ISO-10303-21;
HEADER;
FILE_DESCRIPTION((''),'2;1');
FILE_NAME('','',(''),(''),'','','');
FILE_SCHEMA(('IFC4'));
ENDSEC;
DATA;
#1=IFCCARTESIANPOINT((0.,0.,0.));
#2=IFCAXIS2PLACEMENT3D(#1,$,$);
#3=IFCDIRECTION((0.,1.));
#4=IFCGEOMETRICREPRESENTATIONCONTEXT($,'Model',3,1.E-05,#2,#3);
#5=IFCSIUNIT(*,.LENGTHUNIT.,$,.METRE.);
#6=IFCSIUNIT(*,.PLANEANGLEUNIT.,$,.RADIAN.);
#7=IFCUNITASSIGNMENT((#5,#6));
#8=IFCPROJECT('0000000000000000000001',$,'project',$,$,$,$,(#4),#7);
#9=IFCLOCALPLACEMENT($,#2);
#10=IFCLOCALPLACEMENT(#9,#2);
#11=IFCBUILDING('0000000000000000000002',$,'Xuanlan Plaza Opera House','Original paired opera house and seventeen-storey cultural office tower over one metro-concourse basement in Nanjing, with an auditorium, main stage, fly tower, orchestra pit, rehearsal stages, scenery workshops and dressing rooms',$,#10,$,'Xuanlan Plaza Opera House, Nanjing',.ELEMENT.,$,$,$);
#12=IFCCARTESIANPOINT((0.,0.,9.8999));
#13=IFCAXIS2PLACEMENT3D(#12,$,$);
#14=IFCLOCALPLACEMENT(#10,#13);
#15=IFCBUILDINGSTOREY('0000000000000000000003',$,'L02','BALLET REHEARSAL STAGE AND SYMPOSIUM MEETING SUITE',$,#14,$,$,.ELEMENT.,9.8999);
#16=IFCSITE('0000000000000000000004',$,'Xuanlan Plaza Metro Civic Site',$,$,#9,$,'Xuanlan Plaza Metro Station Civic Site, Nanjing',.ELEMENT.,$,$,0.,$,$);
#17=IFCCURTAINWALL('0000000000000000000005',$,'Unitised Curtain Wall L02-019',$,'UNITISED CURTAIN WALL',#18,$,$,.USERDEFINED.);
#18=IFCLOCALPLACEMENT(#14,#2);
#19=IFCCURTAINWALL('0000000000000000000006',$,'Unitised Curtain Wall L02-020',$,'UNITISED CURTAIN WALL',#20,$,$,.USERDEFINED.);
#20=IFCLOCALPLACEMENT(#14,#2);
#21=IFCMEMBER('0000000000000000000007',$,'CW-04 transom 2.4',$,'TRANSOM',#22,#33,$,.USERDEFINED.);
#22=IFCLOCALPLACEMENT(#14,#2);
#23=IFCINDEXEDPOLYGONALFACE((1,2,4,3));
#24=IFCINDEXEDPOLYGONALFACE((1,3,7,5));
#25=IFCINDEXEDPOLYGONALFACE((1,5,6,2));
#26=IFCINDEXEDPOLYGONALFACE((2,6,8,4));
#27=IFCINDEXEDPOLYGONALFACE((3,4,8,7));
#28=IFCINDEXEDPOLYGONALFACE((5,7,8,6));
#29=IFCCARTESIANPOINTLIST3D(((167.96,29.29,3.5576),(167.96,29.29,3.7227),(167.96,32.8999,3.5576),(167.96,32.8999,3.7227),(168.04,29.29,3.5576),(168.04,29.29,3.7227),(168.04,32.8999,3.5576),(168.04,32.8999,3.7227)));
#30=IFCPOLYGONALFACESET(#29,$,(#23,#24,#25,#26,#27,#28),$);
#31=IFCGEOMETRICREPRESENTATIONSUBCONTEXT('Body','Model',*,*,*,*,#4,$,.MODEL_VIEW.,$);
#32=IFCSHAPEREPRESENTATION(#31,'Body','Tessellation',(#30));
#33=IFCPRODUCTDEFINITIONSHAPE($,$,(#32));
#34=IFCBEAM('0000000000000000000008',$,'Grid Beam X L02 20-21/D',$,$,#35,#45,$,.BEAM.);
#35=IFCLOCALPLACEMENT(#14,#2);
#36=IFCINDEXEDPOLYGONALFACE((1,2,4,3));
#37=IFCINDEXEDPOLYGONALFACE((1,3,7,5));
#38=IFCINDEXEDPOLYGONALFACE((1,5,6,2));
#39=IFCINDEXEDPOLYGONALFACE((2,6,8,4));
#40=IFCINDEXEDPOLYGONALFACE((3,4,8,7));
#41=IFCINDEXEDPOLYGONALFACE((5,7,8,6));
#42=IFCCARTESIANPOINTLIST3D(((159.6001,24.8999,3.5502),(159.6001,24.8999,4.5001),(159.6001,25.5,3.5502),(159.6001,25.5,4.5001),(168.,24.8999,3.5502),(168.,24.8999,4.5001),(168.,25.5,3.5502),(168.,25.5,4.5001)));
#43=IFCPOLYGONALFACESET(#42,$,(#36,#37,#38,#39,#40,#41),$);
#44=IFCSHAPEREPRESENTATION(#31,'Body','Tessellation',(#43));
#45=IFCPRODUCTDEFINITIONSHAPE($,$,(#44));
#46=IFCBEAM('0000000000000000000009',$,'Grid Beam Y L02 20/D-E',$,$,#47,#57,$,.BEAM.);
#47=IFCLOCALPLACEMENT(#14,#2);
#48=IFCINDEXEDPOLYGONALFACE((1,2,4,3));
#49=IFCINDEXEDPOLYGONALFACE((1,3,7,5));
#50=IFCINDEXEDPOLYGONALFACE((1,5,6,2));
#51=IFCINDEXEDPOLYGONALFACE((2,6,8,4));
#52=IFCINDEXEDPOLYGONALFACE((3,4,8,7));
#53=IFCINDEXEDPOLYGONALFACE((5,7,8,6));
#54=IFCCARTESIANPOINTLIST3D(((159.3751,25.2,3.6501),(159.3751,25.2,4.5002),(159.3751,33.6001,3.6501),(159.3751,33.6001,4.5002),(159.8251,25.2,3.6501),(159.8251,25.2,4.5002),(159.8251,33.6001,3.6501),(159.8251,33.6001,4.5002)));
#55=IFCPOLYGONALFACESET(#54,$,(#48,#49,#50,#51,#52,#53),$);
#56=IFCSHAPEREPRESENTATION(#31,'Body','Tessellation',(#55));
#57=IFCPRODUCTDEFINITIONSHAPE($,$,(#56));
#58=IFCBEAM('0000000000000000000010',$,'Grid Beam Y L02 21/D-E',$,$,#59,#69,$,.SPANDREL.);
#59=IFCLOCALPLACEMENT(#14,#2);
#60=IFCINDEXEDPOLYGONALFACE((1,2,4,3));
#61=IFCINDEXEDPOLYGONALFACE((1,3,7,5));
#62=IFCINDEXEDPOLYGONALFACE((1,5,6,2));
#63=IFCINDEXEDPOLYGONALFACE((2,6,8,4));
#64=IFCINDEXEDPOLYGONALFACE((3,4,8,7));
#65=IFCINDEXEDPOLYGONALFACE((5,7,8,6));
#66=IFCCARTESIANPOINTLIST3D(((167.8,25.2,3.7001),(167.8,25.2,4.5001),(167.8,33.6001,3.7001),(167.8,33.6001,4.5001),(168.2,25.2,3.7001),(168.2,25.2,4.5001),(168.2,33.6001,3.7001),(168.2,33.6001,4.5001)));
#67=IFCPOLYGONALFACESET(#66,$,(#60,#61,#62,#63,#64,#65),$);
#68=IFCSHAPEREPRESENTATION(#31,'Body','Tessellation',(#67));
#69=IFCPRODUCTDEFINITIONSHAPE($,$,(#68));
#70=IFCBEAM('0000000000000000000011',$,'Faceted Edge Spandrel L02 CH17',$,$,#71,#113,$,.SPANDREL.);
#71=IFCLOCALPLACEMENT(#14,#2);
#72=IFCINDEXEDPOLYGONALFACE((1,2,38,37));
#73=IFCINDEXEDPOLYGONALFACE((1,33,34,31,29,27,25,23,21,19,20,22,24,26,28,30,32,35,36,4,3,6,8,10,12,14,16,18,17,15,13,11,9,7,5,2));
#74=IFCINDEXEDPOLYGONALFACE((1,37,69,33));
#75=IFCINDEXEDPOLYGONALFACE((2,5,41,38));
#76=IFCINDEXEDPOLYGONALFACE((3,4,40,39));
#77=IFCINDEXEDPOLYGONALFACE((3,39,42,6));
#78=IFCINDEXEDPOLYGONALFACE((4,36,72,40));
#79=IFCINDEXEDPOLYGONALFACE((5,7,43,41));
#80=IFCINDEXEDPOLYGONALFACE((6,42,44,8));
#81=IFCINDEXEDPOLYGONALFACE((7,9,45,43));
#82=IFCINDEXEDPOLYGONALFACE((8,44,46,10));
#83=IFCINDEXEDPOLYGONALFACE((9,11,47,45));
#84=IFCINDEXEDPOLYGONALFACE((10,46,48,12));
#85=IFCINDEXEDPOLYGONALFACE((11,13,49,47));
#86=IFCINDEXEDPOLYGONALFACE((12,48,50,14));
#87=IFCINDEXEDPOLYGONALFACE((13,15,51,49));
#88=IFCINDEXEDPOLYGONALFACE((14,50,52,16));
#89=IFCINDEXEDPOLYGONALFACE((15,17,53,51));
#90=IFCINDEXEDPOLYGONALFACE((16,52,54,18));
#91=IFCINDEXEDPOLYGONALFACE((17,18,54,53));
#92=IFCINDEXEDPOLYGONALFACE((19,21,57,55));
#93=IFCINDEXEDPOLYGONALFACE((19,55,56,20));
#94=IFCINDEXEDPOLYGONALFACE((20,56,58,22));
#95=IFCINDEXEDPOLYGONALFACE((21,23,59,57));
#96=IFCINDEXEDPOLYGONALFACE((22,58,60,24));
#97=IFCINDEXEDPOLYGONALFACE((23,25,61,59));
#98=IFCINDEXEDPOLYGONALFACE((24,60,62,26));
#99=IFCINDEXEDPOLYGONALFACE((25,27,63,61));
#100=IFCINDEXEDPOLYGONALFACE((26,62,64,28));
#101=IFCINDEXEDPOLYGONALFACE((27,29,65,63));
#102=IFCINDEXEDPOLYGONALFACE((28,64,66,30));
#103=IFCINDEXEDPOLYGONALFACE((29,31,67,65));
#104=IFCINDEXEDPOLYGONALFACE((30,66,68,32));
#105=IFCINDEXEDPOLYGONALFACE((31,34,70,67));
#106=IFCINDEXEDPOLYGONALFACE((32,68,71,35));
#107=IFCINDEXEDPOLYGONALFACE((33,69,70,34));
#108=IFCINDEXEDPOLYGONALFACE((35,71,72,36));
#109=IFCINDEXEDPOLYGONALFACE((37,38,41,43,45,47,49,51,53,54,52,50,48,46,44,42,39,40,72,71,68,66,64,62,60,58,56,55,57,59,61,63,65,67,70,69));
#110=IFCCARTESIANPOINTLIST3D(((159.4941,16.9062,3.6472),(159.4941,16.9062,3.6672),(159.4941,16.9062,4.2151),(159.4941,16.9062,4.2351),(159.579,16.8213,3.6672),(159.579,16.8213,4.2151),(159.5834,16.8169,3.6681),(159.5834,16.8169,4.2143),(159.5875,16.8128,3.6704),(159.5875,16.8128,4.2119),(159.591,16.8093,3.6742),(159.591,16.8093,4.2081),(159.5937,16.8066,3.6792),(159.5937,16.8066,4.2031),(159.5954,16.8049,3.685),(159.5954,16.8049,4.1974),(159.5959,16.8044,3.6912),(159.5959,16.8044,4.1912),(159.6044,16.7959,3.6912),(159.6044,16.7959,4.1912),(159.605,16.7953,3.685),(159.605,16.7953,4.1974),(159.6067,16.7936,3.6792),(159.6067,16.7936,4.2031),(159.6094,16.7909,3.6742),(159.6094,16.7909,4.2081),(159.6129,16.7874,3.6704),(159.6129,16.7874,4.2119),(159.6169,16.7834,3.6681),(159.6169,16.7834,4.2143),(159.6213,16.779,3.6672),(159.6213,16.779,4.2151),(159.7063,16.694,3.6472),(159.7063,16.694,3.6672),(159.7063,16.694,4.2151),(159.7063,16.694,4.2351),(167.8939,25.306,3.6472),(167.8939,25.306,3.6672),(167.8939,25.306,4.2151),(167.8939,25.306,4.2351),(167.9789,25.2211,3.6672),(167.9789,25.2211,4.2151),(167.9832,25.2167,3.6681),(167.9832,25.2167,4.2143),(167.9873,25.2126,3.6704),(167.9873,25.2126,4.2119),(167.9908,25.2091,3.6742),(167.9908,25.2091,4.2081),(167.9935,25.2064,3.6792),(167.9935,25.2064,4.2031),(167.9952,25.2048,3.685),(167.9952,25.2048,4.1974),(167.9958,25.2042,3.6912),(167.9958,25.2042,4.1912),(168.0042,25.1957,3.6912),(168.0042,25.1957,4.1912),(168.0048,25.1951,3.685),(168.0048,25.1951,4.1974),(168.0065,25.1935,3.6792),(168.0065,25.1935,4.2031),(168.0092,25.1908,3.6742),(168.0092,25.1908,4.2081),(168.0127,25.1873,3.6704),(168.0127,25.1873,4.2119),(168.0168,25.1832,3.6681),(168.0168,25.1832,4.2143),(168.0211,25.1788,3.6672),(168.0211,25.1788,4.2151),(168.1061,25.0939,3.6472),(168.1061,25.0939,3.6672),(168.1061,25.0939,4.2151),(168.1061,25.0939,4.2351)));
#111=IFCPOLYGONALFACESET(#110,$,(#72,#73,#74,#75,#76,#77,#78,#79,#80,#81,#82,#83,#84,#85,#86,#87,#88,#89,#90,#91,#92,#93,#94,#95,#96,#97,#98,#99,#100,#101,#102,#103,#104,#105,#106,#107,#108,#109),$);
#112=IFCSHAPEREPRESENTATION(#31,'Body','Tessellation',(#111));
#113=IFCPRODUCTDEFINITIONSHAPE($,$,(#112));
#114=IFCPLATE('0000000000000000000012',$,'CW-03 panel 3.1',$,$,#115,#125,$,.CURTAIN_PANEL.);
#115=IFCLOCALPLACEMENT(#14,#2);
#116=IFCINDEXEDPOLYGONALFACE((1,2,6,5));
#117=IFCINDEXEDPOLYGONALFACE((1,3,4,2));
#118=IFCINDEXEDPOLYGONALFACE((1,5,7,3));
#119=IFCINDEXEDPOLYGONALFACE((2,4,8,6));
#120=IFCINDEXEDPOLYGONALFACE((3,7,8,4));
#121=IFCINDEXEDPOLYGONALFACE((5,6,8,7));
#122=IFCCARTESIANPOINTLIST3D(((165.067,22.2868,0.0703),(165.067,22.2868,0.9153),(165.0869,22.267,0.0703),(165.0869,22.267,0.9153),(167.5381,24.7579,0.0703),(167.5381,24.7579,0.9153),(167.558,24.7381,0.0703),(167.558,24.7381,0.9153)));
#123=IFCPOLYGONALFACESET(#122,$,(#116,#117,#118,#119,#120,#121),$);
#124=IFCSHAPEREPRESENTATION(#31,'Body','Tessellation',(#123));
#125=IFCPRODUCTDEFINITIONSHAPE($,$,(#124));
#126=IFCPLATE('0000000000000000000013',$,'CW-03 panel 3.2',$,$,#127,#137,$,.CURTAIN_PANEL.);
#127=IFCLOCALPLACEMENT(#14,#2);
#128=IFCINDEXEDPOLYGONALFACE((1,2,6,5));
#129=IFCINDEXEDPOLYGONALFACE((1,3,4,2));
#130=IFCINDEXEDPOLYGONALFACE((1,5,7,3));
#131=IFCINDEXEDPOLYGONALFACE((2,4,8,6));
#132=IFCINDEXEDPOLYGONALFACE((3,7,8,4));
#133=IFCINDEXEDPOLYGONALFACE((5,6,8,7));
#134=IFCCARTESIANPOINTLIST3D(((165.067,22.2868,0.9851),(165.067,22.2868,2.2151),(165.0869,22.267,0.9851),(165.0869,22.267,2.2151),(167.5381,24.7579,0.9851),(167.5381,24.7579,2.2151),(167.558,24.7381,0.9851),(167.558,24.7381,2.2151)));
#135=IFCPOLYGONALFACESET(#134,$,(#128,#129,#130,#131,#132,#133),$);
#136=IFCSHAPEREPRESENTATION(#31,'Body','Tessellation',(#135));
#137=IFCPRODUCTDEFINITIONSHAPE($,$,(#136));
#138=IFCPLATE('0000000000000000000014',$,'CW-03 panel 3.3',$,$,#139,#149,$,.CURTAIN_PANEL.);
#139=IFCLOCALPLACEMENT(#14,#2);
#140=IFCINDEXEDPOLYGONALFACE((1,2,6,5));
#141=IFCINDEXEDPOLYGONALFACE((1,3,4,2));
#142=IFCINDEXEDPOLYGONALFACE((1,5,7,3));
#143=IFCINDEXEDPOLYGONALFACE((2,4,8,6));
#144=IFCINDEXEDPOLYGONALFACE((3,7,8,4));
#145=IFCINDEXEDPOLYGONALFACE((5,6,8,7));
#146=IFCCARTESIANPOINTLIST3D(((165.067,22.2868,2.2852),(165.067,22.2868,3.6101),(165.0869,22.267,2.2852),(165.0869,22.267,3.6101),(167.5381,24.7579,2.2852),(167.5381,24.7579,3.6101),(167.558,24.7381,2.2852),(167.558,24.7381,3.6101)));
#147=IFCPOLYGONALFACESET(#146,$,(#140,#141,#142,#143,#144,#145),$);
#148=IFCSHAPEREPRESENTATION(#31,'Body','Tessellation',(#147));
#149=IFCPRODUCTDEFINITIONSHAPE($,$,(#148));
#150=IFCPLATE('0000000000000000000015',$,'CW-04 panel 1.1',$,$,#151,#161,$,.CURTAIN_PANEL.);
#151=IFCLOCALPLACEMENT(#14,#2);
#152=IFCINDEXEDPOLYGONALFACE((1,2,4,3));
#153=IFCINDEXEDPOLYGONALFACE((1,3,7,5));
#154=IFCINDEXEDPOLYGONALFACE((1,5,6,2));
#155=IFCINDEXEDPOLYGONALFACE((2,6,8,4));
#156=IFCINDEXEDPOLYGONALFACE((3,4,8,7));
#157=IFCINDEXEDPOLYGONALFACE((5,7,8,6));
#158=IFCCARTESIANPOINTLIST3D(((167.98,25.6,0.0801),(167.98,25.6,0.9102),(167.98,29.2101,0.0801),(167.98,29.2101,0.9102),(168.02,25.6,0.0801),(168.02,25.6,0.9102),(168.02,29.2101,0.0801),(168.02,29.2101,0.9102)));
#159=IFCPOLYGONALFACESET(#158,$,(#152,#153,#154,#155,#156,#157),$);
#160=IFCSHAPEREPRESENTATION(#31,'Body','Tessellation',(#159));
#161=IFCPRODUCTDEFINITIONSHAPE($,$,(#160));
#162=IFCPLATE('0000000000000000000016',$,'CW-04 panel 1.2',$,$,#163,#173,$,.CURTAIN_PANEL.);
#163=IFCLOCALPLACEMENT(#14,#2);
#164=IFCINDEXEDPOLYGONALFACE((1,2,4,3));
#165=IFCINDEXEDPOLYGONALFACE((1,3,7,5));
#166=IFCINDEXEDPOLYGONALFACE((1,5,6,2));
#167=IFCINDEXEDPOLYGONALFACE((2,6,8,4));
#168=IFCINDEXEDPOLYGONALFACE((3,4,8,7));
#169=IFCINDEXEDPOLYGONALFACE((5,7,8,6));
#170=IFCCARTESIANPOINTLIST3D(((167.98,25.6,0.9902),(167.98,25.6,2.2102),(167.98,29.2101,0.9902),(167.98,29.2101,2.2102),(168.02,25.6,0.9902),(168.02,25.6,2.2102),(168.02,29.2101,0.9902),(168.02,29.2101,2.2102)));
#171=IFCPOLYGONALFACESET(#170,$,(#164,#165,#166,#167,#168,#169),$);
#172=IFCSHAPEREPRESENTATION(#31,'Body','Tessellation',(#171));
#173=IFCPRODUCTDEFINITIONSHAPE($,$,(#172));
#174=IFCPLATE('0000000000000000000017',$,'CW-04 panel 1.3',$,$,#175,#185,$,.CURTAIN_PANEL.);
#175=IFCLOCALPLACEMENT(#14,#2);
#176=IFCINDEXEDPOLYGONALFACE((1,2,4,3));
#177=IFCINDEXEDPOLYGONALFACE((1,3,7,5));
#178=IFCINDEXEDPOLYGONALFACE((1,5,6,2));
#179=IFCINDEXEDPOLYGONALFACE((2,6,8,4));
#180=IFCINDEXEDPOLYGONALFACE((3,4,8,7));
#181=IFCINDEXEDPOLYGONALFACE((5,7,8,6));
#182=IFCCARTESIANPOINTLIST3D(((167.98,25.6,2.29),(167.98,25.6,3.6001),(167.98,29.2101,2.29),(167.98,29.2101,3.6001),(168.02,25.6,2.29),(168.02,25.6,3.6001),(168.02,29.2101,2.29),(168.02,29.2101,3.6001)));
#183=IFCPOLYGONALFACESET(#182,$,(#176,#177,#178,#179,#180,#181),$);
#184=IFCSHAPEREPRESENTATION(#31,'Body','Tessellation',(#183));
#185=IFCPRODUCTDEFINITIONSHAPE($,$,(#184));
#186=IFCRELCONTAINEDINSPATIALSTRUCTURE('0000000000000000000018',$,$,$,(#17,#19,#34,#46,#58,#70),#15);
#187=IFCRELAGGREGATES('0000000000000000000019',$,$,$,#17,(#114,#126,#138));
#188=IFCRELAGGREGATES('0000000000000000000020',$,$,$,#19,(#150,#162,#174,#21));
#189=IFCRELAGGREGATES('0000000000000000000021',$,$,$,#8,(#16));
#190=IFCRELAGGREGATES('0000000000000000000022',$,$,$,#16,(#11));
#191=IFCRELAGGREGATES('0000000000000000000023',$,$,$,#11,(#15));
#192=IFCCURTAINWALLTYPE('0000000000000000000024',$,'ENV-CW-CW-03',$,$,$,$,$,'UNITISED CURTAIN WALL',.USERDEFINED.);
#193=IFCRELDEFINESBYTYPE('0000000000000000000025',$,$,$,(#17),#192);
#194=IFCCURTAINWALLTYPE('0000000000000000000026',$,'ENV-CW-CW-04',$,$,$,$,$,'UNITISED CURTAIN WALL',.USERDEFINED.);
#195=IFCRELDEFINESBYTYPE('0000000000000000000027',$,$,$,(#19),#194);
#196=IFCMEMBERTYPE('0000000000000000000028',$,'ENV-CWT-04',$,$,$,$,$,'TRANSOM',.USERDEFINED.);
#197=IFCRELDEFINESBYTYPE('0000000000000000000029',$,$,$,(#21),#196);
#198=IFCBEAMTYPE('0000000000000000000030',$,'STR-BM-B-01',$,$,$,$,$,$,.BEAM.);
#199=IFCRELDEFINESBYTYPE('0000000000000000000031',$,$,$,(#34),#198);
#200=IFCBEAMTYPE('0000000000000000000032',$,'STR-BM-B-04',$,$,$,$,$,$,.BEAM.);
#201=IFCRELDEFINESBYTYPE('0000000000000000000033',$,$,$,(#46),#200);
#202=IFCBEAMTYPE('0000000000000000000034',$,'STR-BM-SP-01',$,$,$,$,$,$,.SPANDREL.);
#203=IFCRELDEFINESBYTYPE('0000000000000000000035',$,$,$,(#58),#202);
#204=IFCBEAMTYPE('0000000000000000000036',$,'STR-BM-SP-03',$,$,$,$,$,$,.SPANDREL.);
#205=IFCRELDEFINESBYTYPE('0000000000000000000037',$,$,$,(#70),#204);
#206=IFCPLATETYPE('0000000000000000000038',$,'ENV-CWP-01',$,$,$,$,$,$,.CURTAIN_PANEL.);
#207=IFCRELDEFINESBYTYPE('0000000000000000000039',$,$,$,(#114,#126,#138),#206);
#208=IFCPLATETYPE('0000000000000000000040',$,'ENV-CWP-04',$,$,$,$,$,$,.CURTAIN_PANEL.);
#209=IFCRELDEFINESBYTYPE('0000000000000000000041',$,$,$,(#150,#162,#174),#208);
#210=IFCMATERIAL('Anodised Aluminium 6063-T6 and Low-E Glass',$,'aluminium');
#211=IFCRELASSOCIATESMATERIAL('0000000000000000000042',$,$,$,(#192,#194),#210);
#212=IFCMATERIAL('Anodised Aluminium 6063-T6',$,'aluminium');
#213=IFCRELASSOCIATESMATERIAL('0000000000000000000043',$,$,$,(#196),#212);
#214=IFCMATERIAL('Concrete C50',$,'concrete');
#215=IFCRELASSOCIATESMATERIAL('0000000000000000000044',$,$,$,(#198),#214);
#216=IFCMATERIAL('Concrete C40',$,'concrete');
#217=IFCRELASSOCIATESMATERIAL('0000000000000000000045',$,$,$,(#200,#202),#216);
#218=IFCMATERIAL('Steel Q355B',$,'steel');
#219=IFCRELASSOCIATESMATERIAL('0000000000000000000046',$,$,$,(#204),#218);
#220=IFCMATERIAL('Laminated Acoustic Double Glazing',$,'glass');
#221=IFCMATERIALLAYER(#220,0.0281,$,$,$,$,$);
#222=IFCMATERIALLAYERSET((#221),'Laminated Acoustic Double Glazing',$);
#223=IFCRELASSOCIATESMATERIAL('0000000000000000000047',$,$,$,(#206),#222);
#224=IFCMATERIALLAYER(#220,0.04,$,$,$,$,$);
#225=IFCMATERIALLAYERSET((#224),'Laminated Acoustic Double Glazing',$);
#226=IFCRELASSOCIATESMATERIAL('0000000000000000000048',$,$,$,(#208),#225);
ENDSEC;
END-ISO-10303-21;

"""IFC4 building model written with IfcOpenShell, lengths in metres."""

from ifc_helpers import new_model, si_unit, direction, frame, origin, origin_2d, place, context, subcontext, project, spatial, rectangle, i_section, extrude, material, layer, layer_set, material_profile, profile_set, type_object, element, aggregate, save


model = new_model("IFC4")

# Units and contexts
model_context = context("Model", 3, precision=1e-05, world=origin(), true_north=direction((0.0, 1.0)))
body_context = subcontext(model_context, "Body", "Model", "MODEL_VIEW")
ifc_project = project(units=[si_unit("LENGTHUNIT", "METRE"), si_unit("PLANEANGLEUNIT", "RADIAN")], contexts=[model_context])

# Site, building, storey
site_placement = place(None, origin())
site = spatial("IfcSite", under=ifc_project, at=site_placement, Name="Xuanlan Plaza Metro Civic Site", LongName="Xuanlan Plaza Metro Station Civic Site, Nanjing", CompositionType="ELEMENT", RefElevation=0.0)
building_placement = place(site_placement, origin())
building = spatial("IfcBuilding", under=site, at=building_placement, Name="Xuanlan Plaza Opera House", Description="Original paired opera house and seventeen-storey cultural office tower over one metro-concourse basement in Nanjing, with an auditorium, main stage, fly tower, orchestra pit, rehearsal stages, scenery workshops and dressing rooms", LongName="Xuanlan Plaza Opera House, Nanjing", CompositionType="ELEMENT")
storey_placement = place(building_placement, frame((0.0, 0.0, 9.8999)))
storey = spatial("IfcBuildingStorey", under=building, at=storey_placement, Name="L02", Description="BALLET REHEARSAL STAGE AND SYMPOSIUM MEETING SUITE", CompositionType="ELEMENT", Elevation=9.8999)

# Shared definitions
ifc_material_1 = material(Name="Concrete C40", Category="concrete")

# Curtain wall
ifc_material_2 = material(Name="Anodised Aluminium 6063-T6 and Low-E Glass", Category="aluminium")
curtain_wall_type_1 = type_object("IfcCurtainWallType", Name="ENV-CW-CW-03", ElementType="UNITISED CURTAIN WALL", PredefinedType="USERDEFINED", material=ifc_material_2)
curtain_wall_1_placement = place(storey_placement, origin())
curtain_wall_1 = element("IfcCurtainWall", 1, at=curtain_wall_1_placement, inside=storey, type_object=curtain_wall_type_1, Name="Unitised Curtain Wall L02-019", ObjectType="UNITISED CURTAIN WALL", PredefinedType="USERDEFINED")
ifc_material_3 = material(Name="Anodised Aluminium 6063-T6", Category="aluminium")

# Curtain wall
curtain_wall_type_2 = type_object("IfcCurtainWallType", Name="ENV-CW-CW-04", ElementType="UNITISED CURTAIN WALL", PredefinedType="USERDEFINED", material=ifc_material_2)
curtain_wall_2_placement = place(storey_placement, origin())
curtain_wall_2 = element("IfcCurtainWall", 2, at=curtain_wall_2_placement, inside=storey, type_object=curtain_wall_type_2, Name="Unitised Curtain Wall L02-020", ObjectType="UNITISED CURTAIN WALL", PredefinedType="USERDEFINED")

# Member
ifc_material_profile_1 = material_profile(ifc_material_3, rectangle(XDim=0.0801, YDim=0.165, at=origin_2d()), Name="ALU-T 80x165")
ifc_profile_set_1 = profile_set([ifc_material_profile_1], Name="Anodised Aluminium 6063-T6")
member_type_1 = type_object("IfcMemberType", Name="ENV-CWT-04", ElementType="TRANSOM", PredefinedType="USERDEFINED", material=ifc_profile_set_1)
member_1_placement = place(storey_placement, frame((168.0, 29.29, 3.6401), z_axis=(0.0, 1.0, 0.0), x_axis=(-1.0, 0.0, 0.0)))
member_1 = element("IfcMember", 3, at=member_1_placement, type_object=member_type_1, Name="CW-04 transom 2.4", ObjectType="TRANSOM", PredefinedType="USERDEFINED", context=body_context, shape_type="SweptSolid", body=[
    extrude(rectangle(XDim=0.0801, YDim=0.165, at=origin_2d()), origin(), (0.0, 0.0, 1.0), 3.6099),
])

# Beams
ifc_material_4 = material(Name="Concrete C50", Category="concrete")
ifc_material_profile_2 = material_profile(ifc_material_4, rectangle(XDim=0.6001, YDim=0.95, at=origin_2d()), Name="RC-BM 600x950")
ifc_profile_set_2 = profile_set([ifc_material_profile_2], Name="Concrete C50")
beam_type_1 = type_object("IfcBeamType", Name="STR-BM-B-01", PredefinedType="BEAM", material=ifc_profile_set_2)
beam_1_placement = place(storey_placement, frame((159.6001, 25.2, 4.0251), z_axis=(1.0, 0.0, 0.0), x_axis=(0.0, 1.0, 0.0)))
element("IfcBeam", 4, at=beam_1_placement, inside=storey, type_object=beam_type_1, Name="Grid Beam X L02 20-21/D", PredefinedType="BEAM", context=body_context, shape_type="SweptSolid", body=[
    extrude(rectangle(XDim=0.6001, YDim=0.95, at=origin_2d()), origin(), (0.0, 0.0, 1.0), 8.3999),
])
ifc_material_profile_3 = material_profile(ifc_material_1, rectangle(XDim=0.45, YDim=0.8501, at=origin_2d()), Name="RC-BM 450x850")
ifc_profile_set_3 = profile_set([ifc_material_profile_3], Name="Concrete C40")
beam_type_2 = type_object("IfcBeamType", Name="STR-BM-B-04", PredefinedType="BEAM", material=ifc_profile_set_3)
beam_2_placement = place(storey_placement, frame((159.6001, 25.2, 4.0752), z_axis=(0.0, 1.0, 0.0), x_axis=(-1.0, 0.0, 0.0)))
element("IfcBeam", 5, at=beam_2_placement, inside=storey, type_object=beam_type_2, Name="Grid Beam Y L02 20/D-E", PredefinedType="BEAM", context=body_context, shape_type="SweptSolid", body=[
    extrude(rectangle(XDim=0.45, YDim=0.8501, at=origin_2d()), origin(), (0.0, 0.0, 1.0), 8.4001),
])
ifc_material_profile_4 = material_profile(ifc_material_1, rectangle(XDim=0.3999, YDim=0.8, at=origin_2d()), Name="RC-SPD 400x800")
ifc_profile_set_4 = profile_set([ifc_material_profile_4], Name="Concrete C40")
beam_type_3 = type_object("IfcBeamType", Name="STR-BM-SP-01", PredefinedType="SPANDREL", material=ifc_profile_set_4)
beam_3_placement = place(storey_placement, frame((168.0, 25.2, 4.1001), z_axis=(0.0, 1.0, 0.0), x_axis=(-1.0, 0.0, 0.0)))
element("IfcBeam", 6, at=beam_3_placement, inside=storey, type_object=beam_type_3, Name="Grid Beam Y L02 21/D-E", PredefinedType="SPANDREL", context=body_context, shape_type="SweptSolid", body=[
    extrude(rectangle(XDim=0.3999, YDim=0.8, at=origin_2d()), origin(), (0.0, 0.0, 1.0), 8.4001),
])
ifc_material_5 = material(Name="Steel Q355B", Category="steel")
ifc_material_profile_5 = material_profile(ifc_material_5, i_section(OverallWidth=0.3, OverallDepth=0.5879, WebThickness=0.012, FlangeThickness=0.02, FilletRadius=0.0239, at=origin_2d()), Name="HM 588x300x12x20")
ifc_profile_set_5 = profile_set([ifc_material_profile_5], Name="Steel Q355B")
beam_type_4 = type_object("IfcBeamType", Name="STR-BM-SP-03", PredefinedType="SPANDREL", material=ifc_profile_set_5)
beam_4_placement = place(storey_placement, frame((168.0, 25.2, 3.9412), z_axis=(-0.707107, -0.707107, 0.0), x_axis=(0.707107, -0.707107, 0.0)))
element("IfcBeam", 7, at=beam_4_placement, inside=storey, type_object=beam_type_4, Name="Faceted Edge Spandrel L02 CH17", PredefinedType="SPANDREL", context=body_context, shape_type="SweptSolid", body=[
    extrude(i_section(OverallWidth=0.3, OverallDepth=0.5879, WebThickness=0.012, FlangeThickness=0.02, FilletRadius=0.0239, at=origin_2d()), origin(), (0.0, 0.0, 1.0), 11.8792),
])

# Plates
ifc_material_6 = material(Name="Laminated Acoustic Double Glazing", Category="glass")
ifc_layer_1 = layer(ifc_material_6, 0.0281)
ifc_layer_set_1 = layer_set([ifc_layer_1], Name="Laminated Acoustic Double Glazing")
plate_type_1 = type_object("IfcPlateType", Name="ENV-CWP-01", PredefinedType="CURTAIN_PANEL", material=ifc_layer_set_1)
plate_1_placement = place(storey_placement, frame((166.3125, 23.5125, 0.0703), z_axis=(0.0, 0.0, 1.0), x_axis=(0.707107, 0.707107, 0.0)))
plate_1 = element("IfcPlate", 8, at=plate_1_placement, type_object=plate_type_1, Name="CW-03 panel 3.1", PredefinedType="CURTAIN_PANEL", context=body_context, shape_type="SweptSolid", body=[
    extrude(rectangle(XDim=3.4946, YDim=0.0281, at=origin_2d()), origin(), (0.0, 0.0, 1.0), 0.845),
])
plate_2_placement = place(storey_placement, frame((166.3125, 23.5125, 0.9851), z_axis=(0.0, 0.0, 1.0), x_axis=(0.707107, 0.707107, 0.0)))
plate_2 = element("IfcPlate", 9, at=plate_2_placement, type_object=plate_type_1, Name="CW-03 panel 3.2", PredefinedType="CURTAIN_PANEL", context=body_context, shape_type="SweptSolid", body=[
    extrude(rectangle(XDim=3.4946, YDim=0.0281, at=origin_2d()), origin(), (0.0, 0.0, 1.0), 1.23),
])
plate_3_placement = place(storey_placement, frame((166.3125, 23.5125, 2.2852), z_axis=(0.0, 0.0, 1.0), x_axis=(0.707107, 0.707107, 0.0)))
plate_3 = element("IfcPlate", 10, at=plate_3_placement, type_object=plate_type_1, Name="CW-03 panel 3.3", PredefinedType="CURTAIN_PANEL", context=body_context, shape_type="SweptSolid", body=[
    extrude(rectangle(XDim=3.4946, YDim=0.0281, at=origin_2d()), origin(), (0.0, 0.0, 1.0), 1.325),
])
aggregate(curtain_wall_1, [plate_1, plate_2, plate_3])
ifc_layer_2 = layer(ifc_material_6, 0.04)
ifc_layer_set_2 = layer_set([ifc_layer_2], Name="Laminated Acoustic Double Glazing")
plate_type_2 = type_object("IfcPlateType", Name="ENV-CWP-04", PredefinedType="CURTAIN_PANEL", material=ifc_layer_set_2)
plate_4_placement = place(storey_placement, frame((168.0, 27.405, 0.0801), z_axis=(0.0, 0.0, 1.0), x_axis=(0.0, 1.0, 0.0)))
plate_4 = element("IfcPlate", 11, at=plate_4_placement, type_object=plate_type_2, Name="CW-04 panel 1.1", PredefinedType="CURTAIN_PANEL", context=body_context, shape_type="SweptSolid", body=[
    extrude(rectangle(XDim=3.6101, YDim=0.04, at=origin_2d()), origin(), (0.0, 0.0, 1.0), 0.8301),
])
plate_5_placement = place(storey_placement, frame((168.0, 27.405, 0.9902), z_axis=(0.0, 0.0, 1.0), x_axis=(0.0, 1.0, 0.0)))
plate_5 = element("IfcPlate", 12, at=plate_5_placement, type_object=plate_type_2, Name="CW-04 panel 1.2", PredefinedType="CURTAIN_PANEL", context=body_context, shape_type="SweptSolid", body=[
    extrude(rectangle(XDim=3.6101, YDim=0.04, at=origin_2d()), origin(), (0.0, 0.0, 1.0), 1.22),
])
plate_6_placement = place(storey_placement, frame((168.0, 27.405, 2.29), z_axis=(0.0, 0.0, 1.0), x_axis=(0.0, 1.0, 0.0)))
plate_6 = element("IfcPlate", 13, at=plate_6_placement, type_object=plate_type_2, Name="CW-04 panel 1.3", PredefinedType="CURTAIN_PANEL", context=body_context, shape_type="SweptSolid", body=[
    extrude(rectangle(XDim=3.6101, YDim=0.04, at=origin_2d()), origin(), (0.0, 0.0, 1.0), 1.3101),
])
aggregate(curtain_wall_2, [plate_4, plate_5, plate_6, member_1])

save(model, "model.ifc")
